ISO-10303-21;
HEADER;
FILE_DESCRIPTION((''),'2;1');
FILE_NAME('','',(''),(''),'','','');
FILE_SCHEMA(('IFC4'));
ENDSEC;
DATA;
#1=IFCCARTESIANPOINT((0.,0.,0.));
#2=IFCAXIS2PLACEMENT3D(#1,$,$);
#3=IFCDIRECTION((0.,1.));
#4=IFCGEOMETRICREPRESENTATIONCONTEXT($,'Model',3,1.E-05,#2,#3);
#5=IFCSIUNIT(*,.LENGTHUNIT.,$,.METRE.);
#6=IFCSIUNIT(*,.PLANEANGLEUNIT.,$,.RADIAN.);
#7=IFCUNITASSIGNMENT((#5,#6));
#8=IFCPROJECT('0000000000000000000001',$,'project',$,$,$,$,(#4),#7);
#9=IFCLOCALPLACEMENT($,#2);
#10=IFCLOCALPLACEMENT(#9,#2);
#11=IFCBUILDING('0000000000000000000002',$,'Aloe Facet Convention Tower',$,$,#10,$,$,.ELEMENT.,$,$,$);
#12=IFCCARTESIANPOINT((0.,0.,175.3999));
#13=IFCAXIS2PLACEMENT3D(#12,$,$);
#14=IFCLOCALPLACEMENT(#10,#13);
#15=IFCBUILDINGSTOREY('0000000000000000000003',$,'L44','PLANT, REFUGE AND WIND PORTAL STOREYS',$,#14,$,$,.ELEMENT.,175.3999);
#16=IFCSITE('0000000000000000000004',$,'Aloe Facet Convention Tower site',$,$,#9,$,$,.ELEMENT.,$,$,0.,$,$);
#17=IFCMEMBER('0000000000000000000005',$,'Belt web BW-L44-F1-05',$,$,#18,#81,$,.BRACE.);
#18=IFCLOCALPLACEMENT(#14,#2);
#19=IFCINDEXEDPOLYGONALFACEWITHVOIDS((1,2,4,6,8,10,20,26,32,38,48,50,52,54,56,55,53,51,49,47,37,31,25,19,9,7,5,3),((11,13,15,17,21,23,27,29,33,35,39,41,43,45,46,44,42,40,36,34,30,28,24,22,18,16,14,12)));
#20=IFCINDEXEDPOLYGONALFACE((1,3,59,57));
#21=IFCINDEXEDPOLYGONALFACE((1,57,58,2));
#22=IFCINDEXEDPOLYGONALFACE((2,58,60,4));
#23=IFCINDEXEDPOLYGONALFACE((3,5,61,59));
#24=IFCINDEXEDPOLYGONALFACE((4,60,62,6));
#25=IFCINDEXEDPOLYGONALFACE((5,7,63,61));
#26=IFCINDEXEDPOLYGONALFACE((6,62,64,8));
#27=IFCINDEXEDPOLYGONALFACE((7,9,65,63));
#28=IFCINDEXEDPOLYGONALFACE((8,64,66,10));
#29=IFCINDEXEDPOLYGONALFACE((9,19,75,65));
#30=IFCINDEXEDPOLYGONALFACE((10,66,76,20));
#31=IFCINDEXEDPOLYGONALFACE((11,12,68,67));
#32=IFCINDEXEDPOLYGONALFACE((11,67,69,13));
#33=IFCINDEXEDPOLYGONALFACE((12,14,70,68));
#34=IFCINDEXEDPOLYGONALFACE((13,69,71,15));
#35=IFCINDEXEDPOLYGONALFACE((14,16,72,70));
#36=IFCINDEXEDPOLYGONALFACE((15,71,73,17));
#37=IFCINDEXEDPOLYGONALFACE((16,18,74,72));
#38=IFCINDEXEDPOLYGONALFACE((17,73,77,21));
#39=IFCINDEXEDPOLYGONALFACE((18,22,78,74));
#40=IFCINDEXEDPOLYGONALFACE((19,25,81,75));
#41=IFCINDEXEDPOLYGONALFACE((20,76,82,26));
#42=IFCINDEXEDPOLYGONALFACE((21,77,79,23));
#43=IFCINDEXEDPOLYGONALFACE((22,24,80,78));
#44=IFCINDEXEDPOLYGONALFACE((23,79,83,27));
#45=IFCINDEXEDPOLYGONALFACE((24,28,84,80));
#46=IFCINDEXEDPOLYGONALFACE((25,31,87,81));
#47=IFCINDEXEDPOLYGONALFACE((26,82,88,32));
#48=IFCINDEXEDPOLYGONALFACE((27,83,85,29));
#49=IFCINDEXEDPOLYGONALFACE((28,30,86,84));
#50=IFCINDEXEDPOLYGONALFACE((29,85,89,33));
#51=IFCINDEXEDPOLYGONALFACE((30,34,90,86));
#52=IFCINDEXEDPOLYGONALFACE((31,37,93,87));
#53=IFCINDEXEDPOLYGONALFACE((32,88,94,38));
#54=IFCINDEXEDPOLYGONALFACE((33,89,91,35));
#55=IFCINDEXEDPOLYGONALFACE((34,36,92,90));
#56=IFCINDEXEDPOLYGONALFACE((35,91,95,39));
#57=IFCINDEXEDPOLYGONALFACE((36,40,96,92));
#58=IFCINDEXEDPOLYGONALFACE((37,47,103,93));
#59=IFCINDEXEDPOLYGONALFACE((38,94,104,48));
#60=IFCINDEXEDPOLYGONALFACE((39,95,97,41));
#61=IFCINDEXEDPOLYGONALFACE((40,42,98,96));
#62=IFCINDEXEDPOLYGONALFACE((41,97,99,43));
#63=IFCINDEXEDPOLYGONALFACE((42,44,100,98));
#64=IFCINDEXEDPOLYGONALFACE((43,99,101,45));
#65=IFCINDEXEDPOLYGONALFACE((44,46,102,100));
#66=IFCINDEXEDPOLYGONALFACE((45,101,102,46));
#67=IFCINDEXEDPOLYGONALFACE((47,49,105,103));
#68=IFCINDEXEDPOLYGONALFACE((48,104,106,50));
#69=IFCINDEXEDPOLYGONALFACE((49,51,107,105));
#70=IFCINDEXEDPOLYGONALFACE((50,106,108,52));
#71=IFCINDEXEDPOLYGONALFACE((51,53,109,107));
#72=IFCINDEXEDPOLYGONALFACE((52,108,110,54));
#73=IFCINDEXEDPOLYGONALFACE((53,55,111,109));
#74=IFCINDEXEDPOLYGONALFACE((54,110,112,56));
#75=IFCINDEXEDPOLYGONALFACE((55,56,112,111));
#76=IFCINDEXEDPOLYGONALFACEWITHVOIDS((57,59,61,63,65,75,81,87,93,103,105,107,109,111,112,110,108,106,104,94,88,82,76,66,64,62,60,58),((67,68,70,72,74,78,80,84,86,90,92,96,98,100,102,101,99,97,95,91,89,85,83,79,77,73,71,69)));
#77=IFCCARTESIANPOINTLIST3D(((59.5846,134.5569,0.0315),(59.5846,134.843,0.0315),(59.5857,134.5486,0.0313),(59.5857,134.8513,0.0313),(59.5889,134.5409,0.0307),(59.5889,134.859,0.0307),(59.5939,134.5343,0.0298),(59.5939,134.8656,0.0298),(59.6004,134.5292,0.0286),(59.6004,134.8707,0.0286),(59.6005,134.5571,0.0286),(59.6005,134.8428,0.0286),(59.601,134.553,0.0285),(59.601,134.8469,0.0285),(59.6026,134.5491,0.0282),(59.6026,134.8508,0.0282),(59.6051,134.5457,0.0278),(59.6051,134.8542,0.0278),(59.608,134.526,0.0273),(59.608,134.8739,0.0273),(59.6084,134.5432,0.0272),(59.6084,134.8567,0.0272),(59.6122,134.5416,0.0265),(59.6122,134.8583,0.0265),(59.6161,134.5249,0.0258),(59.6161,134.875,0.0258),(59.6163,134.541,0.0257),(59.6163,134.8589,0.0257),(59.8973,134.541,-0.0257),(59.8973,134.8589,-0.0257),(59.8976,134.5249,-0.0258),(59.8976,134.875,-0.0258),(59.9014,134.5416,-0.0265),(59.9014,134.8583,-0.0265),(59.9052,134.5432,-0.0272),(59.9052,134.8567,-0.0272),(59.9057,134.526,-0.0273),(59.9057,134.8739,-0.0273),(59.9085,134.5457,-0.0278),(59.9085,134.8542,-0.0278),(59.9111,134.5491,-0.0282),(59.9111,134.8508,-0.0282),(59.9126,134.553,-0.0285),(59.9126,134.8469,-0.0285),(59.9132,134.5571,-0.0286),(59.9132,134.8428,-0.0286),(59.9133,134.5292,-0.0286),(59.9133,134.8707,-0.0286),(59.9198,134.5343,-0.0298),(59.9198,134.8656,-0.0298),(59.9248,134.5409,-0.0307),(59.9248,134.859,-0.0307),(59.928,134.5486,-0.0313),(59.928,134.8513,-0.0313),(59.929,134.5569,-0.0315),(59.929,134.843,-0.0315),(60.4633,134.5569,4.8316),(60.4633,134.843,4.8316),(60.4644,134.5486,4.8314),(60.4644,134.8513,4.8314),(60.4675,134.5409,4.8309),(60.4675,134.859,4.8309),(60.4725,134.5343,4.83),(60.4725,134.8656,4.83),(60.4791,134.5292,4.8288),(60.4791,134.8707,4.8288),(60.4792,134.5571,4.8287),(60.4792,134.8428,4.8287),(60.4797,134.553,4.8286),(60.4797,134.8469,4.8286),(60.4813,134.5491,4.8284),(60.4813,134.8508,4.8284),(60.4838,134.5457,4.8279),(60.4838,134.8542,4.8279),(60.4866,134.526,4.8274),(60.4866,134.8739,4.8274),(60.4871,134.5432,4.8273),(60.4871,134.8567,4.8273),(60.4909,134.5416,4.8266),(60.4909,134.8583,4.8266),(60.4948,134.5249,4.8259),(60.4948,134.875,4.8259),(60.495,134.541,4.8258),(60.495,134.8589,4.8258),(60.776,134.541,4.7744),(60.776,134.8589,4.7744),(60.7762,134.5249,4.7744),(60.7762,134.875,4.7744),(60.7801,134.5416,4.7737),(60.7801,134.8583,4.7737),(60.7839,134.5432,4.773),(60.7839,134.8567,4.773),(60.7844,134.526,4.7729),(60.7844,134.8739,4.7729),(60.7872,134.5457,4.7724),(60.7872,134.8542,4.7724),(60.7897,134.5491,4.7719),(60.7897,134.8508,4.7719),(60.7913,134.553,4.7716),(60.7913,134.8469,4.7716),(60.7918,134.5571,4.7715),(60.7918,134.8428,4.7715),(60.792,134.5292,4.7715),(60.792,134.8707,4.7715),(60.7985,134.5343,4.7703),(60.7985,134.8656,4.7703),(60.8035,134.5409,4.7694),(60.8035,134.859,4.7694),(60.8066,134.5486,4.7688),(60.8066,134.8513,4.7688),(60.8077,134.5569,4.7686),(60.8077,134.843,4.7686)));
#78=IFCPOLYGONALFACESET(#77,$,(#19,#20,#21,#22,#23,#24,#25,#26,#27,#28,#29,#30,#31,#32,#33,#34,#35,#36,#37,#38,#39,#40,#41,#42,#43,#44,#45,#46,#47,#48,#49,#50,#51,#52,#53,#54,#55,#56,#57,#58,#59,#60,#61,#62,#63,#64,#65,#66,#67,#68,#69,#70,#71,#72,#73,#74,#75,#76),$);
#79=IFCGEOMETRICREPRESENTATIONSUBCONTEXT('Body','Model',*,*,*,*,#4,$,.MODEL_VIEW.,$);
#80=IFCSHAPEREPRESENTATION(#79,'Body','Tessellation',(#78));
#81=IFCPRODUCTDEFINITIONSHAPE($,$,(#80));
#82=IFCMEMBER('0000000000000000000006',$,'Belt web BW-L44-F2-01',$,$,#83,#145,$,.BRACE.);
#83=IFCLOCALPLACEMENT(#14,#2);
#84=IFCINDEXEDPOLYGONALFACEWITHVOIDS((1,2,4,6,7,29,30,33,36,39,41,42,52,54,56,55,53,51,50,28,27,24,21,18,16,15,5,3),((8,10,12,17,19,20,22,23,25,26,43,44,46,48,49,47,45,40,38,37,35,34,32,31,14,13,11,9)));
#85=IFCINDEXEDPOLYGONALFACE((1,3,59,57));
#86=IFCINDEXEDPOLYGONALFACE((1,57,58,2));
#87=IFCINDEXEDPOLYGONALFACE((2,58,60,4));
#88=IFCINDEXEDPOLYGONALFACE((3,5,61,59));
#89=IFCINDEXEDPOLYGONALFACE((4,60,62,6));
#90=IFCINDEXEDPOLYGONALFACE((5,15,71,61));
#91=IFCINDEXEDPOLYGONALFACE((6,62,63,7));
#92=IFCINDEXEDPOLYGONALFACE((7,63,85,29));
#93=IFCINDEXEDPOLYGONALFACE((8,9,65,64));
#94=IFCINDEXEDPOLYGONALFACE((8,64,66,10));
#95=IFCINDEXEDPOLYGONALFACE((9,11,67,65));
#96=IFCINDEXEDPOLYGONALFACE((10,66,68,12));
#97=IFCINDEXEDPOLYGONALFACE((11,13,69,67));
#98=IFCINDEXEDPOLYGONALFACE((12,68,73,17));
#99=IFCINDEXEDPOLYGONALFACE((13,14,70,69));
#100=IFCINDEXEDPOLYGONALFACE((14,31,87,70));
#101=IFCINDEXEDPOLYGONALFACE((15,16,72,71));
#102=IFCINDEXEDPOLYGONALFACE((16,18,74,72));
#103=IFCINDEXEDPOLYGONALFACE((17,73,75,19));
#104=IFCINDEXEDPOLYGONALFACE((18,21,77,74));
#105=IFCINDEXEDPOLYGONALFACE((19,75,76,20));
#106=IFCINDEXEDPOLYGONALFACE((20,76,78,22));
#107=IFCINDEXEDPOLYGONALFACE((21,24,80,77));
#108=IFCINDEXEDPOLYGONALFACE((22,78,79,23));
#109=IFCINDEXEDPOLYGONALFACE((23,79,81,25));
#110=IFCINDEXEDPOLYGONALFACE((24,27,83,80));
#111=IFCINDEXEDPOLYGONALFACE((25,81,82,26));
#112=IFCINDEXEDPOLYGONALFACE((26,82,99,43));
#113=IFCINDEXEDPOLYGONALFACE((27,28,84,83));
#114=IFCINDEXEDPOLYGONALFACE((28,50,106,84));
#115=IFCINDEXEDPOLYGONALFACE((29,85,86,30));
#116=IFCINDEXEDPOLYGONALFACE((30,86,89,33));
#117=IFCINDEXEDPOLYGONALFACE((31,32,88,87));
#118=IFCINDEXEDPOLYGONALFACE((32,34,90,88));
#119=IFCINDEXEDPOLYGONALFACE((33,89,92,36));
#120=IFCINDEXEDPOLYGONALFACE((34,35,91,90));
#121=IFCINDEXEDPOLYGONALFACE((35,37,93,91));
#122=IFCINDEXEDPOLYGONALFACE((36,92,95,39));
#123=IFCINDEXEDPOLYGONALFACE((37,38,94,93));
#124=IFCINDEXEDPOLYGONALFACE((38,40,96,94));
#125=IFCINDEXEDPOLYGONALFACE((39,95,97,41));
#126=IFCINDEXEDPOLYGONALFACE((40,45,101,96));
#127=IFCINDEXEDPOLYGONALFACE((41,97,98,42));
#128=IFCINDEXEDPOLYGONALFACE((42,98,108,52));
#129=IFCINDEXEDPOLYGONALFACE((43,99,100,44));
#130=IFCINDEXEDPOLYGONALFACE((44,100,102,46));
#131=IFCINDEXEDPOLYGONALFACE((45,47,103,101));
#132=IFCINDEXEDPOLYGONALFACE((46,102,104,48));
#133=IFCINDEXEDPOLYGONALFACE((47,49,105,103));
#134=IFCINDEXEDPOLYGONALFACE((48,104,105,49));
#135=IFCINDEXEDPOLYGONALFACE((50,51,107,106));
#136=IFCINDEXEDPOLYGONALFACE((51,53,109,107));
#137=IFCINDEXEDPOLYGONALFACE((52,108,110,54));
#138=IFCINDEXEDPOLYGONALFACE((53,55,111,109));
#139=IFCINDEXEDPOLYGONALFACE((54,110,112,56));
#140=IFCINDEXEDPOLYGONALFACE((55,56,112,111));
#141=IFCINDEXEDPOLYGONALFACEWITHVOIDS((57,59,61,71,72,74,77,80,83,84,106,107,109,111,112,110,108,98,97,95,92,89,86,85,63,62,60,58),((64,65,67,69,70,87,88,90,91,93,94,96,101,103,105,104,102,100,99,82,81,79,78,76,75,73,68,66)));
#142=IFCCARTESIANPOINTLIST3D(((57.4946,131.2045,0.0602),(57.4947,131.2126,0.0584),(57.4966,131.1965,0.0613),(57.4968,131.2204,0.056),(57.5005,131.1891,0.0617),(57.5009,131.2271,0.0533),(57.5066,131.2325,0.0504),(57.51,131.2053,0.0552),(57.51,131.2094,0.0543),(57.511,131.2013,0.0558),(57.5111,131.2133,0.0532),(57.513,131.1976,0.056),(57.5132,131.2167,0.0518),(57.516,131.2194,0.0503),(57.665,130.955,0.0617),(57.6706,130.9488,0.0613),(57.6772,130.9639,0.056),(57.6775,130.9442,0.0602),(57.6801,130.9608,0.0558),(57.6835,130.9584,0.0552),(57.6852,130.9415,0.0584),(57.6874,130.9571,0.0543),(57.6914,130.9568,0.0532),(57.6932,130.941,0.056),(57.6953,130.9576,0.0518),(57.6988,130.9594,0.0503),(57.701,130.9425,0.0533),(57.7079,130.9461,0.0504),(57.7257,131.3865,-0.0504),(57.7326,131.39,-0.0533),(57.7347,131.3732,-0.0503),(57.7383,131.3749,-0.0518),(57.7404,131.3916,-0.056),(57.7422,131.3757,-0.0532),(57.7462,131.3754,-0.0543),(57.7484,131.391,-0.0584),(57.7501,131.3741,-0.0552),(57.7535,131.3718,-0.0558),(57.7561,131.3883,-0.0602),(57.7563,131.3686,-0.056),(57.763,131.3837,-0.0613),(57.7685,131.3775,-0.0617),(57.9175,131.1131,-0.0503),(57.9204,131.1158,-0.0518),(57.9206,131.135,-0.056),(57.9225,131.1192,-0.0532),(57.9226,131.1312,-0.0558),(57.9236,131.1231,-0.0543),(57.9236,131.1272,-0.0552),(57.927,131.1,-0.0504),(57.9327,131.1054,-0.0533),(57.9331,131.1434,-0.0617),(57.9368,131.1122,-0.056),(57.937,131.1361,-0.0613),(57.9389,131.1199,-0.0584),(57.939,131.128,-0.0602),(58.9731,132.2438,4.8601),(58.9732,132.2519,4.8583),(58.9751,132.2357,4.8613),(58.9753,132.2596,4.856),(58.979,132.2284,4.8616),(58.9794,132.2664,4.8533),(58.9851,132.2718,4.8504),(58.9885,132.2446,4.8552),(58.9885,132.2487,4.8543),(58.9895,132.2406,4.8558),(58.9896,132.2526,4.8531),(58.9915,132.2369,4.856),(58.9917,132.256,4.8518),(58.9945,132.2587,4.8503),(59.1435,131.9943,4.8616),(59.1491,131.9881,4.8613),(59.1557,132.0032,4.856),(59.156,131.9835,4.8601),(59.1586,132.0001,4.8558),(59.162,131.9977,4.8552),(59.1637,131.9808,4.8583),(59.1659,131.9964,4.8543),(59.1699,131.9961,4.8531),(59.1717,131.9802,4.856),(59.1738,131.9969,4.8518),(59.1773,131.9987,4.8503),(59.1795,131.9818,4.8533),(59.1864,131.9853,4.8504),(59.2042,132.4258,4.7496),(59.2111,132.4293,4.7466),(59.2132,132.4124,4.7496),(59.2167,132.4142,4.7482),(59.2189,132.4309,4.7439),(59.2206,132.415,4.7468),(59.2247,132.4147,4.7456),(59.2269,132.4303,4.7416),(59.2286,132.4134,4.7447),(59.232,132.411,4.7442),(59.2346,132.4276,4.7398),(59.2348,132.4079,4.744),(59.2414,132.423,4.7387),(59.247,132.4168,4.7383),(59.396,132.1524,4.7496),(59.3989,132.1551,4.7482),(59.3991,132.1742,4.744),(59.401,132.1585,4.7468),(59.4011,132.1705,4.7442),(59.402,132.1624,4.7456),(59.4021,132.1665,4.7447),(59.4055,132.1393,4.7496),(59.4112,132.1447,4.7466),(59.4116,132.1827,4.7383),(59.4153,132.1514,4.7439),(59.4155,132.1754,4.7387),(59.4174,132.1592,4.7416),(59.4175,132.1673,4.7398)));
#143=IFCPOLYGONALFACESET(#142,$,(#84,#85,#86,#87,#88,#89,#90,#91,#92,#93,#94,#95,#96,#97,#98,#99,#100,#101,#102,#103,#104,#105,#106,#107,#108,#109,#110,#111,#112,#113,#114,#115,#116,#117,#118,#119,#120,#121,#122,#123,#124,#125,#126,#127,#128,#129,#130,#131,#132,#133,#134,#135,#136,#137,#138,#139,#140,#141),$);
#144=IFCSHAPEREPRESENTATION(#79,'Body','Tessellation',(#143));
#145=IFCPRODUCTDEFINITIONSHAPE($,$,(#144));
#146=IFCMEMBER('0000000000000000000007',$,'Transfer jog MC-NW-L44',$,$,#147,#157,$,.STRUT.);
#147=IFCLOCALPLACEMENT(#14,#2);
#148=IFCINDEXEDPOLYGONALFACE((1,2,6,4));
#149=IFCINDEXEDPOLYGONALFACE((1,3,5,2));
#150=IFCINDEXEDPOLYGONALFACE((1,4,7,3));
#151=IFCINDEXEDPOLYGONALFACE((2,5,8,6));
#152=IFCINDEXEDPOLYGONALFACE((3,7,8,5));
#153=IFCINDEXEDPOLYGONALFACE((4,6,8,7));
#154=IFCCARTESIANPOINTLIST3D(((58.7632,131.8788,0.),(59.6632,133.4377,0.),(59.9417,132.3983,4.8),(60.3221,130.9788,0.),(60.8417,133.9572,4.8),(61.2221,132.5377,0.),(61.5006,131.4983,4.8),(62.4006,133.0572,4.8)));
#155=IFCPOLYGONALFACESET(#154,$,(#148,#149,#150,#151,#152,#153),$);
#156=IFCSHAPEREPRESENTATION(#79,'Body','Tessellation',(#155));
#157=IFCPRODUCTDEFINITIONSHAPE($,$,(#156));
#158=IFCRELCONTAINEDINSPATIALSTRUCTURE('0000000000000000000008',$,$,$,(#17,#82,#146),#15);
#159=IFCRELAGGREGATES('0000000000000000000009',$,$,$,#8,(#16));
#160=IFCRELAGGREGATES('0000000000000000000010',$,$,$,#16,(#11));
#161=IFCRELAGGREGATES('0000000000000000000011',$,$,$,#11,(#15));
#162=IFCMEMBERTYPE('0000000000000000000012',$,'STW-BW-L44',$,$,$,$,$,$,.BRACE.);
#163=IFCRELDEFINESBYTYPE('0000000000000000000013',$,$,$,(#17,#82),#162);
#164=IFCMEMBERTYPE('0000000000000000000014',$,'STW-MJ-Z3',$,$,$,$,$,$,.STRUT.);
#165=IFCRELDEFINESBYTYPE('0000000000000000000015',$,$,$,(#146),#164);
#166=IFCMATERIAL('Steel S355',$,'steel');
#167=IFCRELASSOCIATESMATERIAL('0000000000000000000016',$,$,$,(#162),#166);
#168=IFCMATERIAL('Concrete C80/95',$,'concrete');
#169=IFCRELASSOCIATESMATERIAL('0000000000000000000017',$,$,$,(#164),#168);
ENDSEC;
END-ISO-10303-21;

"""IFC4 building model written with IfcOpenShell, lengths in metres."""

from ifc_helpers import new_model, si_unit, direction, frame, origin, origin_2d, place, context, subcontext, project, spatial, rectangle, hollow_rectangle, extrude, material, material_profile, profile_set, type_object, element, save


model = new_model("IFC4")

# Units and contexts
model_context = context("Model", 3, precision=1e-05, world=origin(), true_north=direction((0.0, 1.0)))
body_context = subcontext(model_context, "Body", "Model", "MODEL_VIEW")
ifc_project = project(units=[si_unit("LENGTHUNIT", "METRE"), si_unit("PLANEANGLEUNIT", "RADIAN")], contexts=[model_context])

# Site, building, storey
site_placement = place(None, origin())
site = spatial("IfcSite", under=ifc_project, at=site_placement, Name="Aloe Facet Convention Tower site", CompositionType="ELEMENT", RefElevation=0.0)
building_placement = place(site_placement, origin())
building = spatial("IfcBuilding", under=site, at=building_placement, Name="Aloe Facet Convention Tower", CompositionType="ELEMENT")
storey_placement = place(building_placement, frame((0.0, 0.0, 175.3999)))
storey = spatial("IfcBuildingStorey", under=building, at=storey_placement, Name="L44", Description="PLANT, REFUGE AND WIND PORTAL STOREYS", CompositionType="ELEMENT", Elevation=175.3999)

# Members
ifc_material_1 = material(Name="Steel S355", Category="steel")
ifc_material_profile_1 = material_profile(ifc_material_1, hollow_rectangle(XDim=0.3501, YDim=0.3501, WallThickness=0.0161, InnerFilletRadius=0.0161, OuterFilletRadius=0.032, at=origin_2d()), Name="SHS 350x350x16")
ifc_profile_set_1 = profile_set([ifc_material_profile_1], Name="Steel S355")
member_type_1 = type_object("IfcMemberType", Name="STW-BW-L44", PredefinedType="BRACE", material=ifc_profile_set_1)
member_1_placement = place(storey_placement, frame((59.7568, 134.7, 0.0), z_axis=(0.180061, 0.0, 0.983655), x_axis=(0.0, 1.0, 0.0)))
element("IfcMember", 1, at=member_1_placement, inside=storey, type_object=member_type_1, Name="Belt web BW-L44-F1-05", PredefinedType="BRACE", context=body_context, shape_type="SweptSolid", body=[
    extrude(hollow_rectangle(XDim=0.3501, YDim=0.3501, WallThickness=0.0161, InnerFilletRadius=0.0161, OuterFilletRadius=0.032, at=origin_2d()), origin(), (0.0, 0.0, 1.0), 4.8799),
])
member_2_placement = place(storey_placement, frame((57.7168, 131.1663, 0.0), z_axis=(0.288266, 0.202633, 0.935865), x_axis=(-0.575075, 0.818101, 0.0)))
element("IfcMember", 2, at=member_2_placement, inside=storey, type_object=member_type_1, Name="Belt web BW-L44-F2-01", PredefinedType="BRACE", context=body_context, shape_type="SweptSolid", body=[
    extrude(hollow_rectangle(XDim=0.3501, YDim=0.3501, WallThickness=0.0161, InnerFilletRadius=0.0161, OuterFilletRadius=0.032, at=origin_2d()), origin(), (0.0, 0.0, 1.0), 5.1289),
])
ifc_material_2 = material(Name="Concrete C80/95", Category="concrete")
ifc_material_profile_2 = material_profile(ifc_material_2, rectangle(XDim=1.8, YDim=1.8, at=origin_2d()), Name="STW-MJ-Z3")
ifc_profile_set_2 = profile_set([ifc_material_profile_2], Name="Concrete C80/95")
member_type_2 = type_object("IfcMemberType", Name="STW-MJ-Z3", PredefinedType="STRUT", material=ifc_profile_set_2)
member_3_placement = place(storey_placement, frame((59.9927, 132.2083, 0.0), z_axis=(0.0, 0.0, 1.0), x_axis=(-0.5, -0.866025, 0.0)))
element("IfcMember", 3, at=member_3_placement, inside=storey, type_object=member_type_2, Name="Transfer jog MC-NW-L44", PredefinedType="STRUT", context=body_context, shape_type="SweptSolid", body=[
    extrude(rectangle(XDim=1.8, YDim=1.8, at=origin_2d()), origin(), (-0.209094, 0.153087, 0.965839), 4.9697),
])

save(model, "model.ifc")
